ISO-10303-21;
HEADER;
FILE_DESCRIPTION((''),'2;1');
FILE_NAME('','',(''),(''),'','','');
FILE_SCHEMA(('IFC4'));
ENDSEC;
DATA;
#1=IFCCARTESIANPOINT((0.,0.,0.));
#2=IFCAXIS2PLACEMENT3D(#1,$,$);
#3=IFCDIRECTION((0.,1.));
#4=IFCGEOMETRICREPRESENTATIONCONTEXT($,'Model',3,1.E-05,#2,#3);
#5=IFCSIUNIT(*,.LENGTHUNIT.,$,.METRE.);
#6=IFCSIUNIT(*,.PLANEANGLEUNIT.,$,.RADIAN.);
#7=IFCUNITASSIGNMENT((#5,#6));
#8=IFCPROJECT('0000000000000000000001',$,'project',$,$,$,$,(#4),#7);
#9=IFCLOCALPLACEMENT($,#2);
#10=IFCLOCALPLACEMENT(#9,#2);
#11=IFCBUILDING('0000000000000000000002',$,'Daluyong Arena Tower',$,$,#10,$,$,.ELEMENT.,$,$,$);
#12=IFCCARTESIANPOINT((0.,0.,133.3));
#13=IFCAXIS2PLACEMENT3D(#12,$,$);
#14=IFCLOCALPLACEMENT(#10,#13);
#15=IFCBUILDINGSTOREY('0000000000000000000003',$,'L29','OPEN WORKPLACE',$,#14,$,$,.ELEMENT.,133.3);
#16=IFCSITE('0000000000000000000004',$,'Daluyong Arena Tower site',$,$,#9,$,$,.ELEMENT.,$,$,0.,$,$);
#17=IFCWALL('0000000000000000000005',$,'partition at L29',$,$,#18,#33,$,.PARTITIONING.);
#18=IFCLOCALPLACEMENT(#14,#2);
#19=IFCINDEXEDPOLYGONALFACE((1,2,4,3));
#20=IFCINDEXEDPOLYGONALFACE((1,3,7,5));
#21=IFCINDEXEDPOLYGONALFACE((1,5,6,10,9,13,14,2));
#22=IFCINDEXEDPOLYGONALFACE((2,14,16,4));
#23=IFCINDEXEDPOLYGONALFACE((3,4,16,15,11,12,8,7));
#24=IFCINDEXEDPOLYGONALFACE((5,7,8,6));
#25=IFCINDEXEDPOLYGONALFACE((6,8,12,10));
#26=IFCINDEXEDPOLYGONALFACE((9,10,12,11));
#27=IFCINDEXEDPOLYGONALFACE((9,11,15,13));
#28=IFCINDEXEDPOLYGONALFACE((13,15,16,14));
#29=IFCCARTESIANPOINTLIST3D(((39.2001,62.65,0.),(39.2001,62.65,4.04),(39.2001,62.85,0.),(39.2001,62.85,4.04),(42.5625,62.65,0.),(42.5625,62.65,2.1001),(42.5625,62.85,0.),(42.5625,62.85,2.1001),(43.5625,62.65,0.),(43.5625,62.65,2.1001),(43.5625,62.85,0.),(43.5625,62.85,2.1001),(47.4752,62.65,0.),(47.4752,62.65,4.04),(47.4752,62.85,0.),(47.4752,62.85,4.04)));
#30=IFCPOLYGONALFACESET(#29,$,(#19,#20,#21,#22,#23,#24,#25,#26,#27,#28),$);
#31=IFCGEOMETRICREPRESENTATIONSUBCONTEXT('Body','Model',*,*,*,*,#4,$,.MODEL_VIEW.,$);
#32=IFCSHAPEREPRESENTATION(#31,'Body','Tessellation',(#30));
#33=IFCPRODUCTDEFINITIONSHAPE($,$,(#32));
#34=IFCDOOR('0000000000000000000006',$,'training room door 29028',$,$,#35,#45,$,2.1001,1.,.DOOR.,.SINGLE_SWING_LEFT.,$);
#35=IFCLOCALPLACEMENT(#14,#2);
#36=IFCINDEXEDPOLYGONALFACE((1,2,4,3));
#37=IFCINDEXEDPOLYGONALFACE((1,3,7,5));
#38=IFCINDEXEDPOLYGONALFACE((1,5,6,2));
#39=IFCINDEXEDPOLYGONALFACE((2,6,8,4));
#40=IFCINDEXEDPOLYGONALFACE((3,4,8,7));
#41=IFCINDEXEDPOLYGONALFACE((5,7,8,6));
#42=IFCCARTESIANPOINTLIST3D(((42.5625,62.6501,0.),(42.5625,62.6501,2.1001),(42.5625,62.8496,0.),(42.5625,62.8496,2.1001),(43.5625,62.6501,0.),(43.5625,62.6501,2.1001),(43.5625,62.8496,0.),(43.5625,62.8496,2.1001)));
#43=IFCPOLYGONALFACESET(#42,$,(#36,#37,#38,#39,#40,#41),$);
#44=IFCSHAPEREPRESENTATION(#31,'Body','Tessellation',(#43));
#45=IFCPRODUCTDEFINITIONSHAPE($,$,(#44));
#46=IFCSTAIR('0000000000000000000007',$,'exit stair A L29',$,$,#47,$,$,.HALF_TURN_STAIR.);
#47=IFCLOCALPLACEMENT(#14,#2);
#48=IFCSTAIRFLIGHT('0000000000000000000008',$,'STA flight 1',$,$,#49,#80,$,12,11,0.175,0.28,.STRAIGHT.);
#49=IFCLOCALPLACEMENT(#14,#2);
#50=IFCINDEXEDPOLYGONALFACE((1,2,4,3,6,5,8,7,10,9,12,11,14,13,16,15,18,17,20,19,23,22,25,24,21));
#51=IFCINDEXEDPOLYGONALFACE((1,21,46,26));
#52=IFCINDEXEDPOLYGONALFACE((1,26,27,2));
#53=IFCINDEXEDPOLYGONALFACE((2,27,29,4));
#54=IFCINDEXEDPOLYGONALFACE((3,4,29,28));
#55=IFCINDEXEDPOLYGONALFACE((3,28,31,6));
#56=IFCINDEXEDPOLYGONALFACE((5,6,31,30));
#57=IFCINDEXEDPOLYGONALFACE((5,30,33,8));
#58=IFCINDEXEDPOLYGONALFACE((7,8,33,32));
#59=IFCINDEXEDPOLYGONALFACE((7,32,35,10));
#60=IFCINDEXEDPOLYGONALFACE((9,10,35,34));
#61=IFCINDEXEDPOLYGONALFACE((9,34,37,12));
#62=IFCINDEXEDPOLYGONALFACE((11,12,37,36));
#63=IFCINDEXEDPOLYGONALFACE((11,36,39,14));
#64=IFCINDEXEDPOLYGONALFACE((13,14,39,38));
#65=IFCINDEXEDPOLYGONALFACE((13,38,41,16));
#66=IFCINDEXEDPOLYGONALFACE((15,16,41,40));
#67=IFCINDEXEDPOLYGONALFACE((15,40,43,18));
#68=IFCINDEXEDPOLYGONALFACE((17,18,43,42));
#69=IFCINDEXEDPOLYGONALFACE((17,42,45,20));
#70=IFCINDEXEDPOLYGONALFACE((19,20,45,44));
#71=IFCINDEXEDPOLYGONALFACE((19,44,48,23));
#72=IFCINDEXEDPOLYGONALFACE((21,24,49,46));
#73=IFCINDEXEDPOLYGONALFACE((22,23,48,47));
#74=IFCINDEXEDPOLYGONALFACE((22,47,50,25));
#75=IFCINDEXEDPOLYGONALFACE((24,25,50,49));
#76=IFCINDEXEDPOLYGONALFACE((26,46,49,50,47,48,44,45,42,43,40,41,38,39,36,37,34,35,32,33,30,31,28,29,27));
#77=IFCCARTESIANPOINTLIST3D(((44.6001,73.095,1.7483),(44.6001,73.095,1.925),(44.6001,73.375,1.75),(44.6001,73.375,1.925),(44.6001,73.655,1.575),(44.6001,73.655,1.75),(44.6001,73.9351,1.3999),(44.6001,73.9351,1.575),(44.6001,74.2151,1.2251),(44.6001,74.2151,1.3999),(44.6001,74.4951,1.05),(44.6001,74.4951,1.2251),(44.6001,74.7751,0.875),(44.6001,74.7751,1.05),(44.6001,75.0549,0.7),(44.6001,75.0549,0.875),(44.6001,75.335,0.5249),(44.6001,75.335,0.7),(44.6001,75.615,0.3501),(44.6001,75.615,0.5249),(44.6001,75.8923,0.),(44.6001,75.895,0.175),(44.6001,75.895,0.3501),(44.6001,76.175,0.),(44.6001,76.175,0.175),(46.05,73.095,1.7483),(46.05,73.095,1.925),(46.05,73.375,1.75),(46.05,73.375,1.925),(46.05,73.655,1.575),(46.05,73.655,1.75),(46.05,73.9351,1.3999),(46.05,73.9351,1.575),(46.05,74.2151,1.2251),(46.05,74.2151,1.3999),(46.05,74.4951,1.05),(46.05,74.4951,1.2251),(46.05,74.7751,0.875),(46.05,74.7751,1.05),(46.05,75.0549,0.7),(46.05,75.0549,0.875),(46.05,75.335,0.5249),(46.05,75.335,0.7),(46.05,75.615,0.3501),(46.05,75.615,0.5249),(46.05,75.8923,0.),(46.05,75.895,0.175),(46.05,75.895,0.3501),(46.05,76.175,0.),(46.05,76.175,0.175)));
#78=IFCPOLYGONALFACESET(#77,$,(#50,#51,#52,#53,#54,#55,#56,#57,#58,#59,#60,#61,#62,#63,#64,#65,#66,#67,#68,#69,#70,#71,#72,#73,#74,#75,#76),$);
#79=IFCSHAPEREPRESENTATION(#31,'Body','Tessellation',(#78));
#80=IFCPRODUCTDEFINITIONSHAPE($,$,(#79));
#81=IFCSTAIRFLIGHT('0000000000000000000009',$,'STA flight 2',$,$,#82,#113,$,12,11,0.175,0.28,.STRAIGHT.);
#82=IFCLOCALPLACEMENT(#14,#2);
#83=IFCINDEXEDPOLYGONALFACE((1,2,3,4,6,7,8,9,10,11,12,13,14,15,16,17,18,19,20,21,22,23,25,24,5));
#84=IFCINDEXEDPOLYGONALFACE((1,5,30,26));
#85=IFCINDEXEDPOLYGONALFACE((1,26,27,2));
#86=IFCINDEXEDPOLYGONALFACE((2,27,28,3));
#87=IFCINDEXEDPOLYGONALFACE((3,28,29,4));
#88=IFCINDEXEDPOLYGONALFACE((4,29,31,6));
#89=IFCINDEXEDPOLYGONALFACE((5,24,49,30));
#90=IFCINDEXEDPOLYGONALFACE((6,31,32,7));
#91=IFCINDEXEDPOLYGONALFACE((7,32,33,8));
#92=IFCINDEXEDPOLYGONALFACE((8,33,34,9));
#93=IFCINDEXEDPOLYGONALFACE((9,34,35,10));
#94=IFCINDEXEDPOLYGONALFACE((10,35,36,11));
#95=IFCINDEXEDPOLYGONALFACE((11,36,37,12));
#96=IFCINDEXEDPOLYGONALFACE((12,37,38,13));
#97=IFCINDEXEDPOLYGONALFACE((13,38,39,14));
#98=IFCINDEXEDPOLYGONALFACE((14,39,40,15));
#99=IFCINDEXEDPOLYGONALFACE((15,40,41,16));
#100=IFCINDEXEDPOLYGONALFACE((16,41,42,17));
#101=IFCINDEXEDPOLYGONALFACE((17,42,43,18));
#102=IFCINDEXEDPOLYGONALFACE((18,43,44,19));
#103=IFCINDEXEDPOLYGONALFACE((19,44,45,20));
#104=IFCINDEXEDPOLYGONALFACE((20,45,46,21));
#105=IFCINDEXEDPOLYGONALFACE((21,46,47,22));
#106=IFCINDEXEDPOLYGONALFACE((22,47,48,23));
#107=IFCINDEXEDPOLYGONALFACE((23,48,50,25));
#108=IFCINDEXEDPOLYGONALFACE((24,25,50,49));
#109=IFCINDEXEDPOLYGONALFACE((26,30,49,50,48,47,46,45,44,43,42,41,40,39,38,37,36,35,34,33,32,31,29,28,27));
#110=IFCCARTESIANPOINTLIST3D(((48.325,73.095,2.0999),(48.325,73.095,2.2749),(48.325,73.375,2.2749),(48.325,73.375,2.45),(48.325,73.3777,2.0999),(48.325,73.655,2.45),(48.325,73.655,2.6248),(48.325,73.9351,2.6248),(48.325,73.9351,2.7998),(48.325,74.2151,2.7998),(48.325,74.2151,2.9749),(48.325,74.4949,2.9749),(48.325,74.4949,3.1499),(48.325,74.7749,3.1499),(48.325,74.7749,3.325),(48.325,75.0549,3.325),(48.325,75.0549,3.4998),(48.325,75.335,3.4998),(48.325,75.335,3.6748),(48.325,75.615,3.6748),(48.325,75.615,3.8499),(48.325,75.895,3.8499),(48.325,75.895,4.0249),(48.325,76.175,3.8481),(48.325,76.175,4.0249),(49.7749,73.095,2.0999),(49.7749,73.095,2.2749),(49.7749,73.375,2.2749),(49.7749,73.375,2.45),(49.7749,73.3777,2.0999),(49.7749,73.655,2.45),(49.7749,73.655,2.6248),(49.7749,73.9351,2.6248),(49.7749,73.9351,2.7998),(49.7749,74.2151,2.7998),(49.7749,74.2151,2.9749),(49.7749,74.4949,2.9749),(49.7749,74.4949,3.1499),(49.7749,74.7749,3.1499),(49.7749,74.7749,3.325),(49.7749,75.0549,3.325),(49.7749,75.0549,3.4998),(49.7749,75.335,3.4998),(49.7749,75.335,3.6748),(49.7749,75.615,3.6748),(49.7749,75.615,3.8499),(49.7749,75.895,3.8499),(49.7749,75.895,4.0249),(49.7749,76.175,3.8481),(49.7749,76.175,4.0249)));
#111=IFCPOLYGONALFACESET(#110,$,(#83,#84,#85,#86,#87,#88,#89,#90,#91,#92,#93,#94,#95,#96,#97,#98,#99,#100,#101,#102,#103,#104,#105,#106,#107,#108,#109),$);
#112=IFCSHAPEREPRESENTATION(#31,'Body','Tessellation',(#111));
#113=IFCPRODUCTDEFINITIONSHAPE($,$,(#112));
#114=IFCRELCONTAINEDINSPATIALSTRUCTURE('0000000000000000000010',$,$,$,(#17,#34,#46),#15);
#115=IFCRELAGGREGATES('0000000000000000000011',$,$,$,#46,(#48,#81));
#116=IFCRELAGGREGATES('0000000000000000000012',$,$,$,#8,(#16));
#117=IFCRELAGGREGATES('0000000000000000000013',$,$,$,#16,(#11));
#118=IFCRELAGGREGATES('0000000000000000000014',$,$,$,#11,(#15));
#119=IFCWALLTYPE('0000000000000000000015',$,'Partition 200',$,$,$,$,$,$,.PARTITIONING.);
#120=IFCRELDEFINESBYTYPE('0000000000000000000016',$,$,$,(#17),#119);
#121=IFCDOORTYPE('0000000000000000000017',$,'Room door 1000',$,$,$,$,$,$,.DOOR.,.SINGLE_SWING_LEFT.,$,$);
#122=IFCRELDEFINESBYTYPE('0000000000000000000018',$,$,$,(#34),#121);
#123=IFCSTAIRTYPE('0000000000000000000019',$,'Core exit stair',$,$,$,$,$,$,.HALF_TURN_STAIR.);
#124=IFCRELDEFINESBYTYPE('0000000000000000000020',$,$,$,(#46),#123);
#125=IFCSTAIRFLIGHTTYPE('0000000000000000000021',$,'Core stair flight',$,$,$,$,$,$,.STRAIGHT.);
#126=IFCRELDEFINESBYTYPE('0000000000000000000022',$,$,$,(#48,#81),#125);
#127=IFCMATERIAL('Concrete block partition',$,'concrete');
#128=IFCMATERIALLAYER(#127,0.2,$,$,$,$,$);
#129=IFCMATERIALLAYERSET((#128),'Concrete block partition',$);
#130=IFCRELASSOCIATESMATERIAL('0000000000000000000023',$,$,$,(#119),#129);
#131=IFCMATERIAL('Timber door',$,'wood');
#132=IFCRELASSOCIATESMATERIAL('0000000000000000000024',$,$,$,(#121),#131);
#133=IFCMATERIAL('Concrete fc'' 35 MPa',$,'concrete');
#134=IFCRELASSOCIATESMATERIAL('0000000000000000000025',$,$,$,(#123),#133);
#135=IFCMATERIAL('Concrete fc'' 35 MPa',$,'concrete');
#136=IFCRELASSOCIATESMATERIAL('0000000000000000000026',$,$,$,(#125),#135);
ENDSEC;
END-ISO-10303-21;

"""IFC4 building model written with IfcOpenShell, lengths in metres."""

from ifc_helpers import new_model, si_unit, direction, frame, frame_2d, origin, place, context, subcontext, project, spatial, polyline, rectangle, outline, extrude, material, layer, layer_set, type_object, element, fill, aggregate, save


model = new_model("IFC4")

# Units and contexts
model_context = context("Model", 3, precision=1e-05, world=origin(), true_north=direction((0.0, 1.0)))
body_context = subcontext(model_context, "Body", "Model", "MODEL_VIEW")
ifc_project = project(units=[si_unit("LENGTHUNIT", "METRE"), si_unit("PLANEANGLEUNIT", "RADIAN")], contexts=[model_context])

# Site, building, storey
site_placement = place(None, origin())
site = spatial("IfcSite", under=ifc_project, at=site_placement, Name="Daluyong Arena Tower site", CompositionType="ELEMENT", RefElevation=0.0)
building_placement = place(site_placement, origin())
building = spatial("IfcBuilding", under=site, at=building_placement, Name="Daluyong Arena Tower", CompositionType="ELEMENT")
storey_placement = place(building_placement, frame((0.0, 0.0, 133.3)))
storey = spatial("IfcBuildingStorey", under=building, at=storey_placement, Name="L29", Description="OPEN WORKPLACE", CompositionType="ELEMENT", Elevation=133.3)

# Wall, opening, door
ifc_material_1 = material(Name="Concrete block partition", Category="concrete")
ifc_layer_1 = layer(ifc_material_1, 0.2)
ifc_layer_set_1 = layer_set([ifc_layer_1], Name="Concrete block partition")
wall_type_1 = type_object("IfcWallType", Name="Partition 200", PredefinedType="PARTITIONING", material=ifc_layer_set_1)
wall_1_placement = place(storey_placement, frame((39.2, 62.75, 0.0), z_axis=(0.0, 0.0, 1.0), x_axis=(1.0, 0.0, 0.0)))
wall_1 = element("IfcWall", 1, at=wall_1_placement, inside=storey, type_object=wall_type_1, Name="partition at L29", PredefinedType="PARTITIONING", context=body_context, shape_type="SweptSolid", body=[
    extrude(rectangle(XDim=8.2751, YDim=0.2, at=frame_2d((4.1377, 0.0))), origin(), (0.0, 0.0, 1.0), 4.04),
])
opening_1_placement = place(wall_1_placement, frame((3.3625, 0.0, 0.0)))
opening_1 = element("IfcOpeningElement", 2, at=opening_1_placement, cuts=wall_1, PredefinedType="OPENING", context=body_context, shape_type="SweptSolid", body=[
    extrude(rectangle(XDim=1.0, YDim=2.1001, at=frame_2d((0.5, 1.05))), frame((0.0, 0.1099, 0.0), z_axis=(0.0, -1.0, 0.0), x_axis=(1.0, 0.0, 0.0)), (0.0, 0.0, 1.0), 0.22),
])
ifc_material_2 = material(Name="Timber door", Category="wood")
door_type_1 = type_object("IfcDoorType", Name="Room door 1000", OperationType="SINGLE_SWING_LEFT", PredefinedType="DOOR", material=ifc_material_2)
door_1_placement = place(opening_1_placement, origin())
door_1 = element("IfcDoor", 3, at=door_1_placement, inside=storey, type_object=door_type_1, Name="training room door 29028", OperationType="SINGLE_SWING_LEFT", OverallHeight=2.1001, OverallWidth=1.0, PredefinedType="DOOR", context=body_context, shape_type="SweptSolid", body=[
    extrude(rectangle(XDim=1.0, YDim=2.1001, at=frame_2d((0.5, 1.05))), frame((0.0, 0.0996, 0.0), z_axis=(0.0, -1.0, 0.0), x_axis=(1.0, 0.0, 0.0)), (0.0, 0.0, 1.0), 0.1995),
])
fill(opening_1, door_1)

# Stair, stair flights
ifc_material_3 = material(Name="Concrete fc' 35 MPa", Category="concrete")
stair_type = type_object("IfcStairType", Name="Core exit stair", PredefinedType="HALF_TURN_STAIR", material=ifc_material_3)
stair_placement = place(storey_placement, origin())
stair = element("IfcStair", 4, at=stair_placement, inside=storey, type_object=stair_type, Name="exit stair A L29", PredefinedType="HALF_TURN_STAIR")
ifc_material_4 = material(Name="Concrete fc' 35 MPa", Category="concrete")
stair_flight_type = type_object("IfcStairFlightType", Name="Core stair flight", PredefinedType="STRAIGHT", material=ifc_material_4)
stair_flight_1_placement = place(storey_placement, frame((45.325, 76.175, 0.0), z_axis=(0.0, 0.0, 1.0), x_axis=(0.0, -1.0, 0.0)))
stair_flight_1 = element("IfcStairFlight", 5, at=stair_flight_1_placement, type_object=stair_flight_type, Name="STA flight 1", NumberOfRisers=12, NumberOfTreads=11, PredefinedType="STRAIGHT", RiserHeight=0.175, TreadLength=0.28, context=body_context, shape_type="SweptSolid", body=[
    extrude(outline(polyline([(0.0, 0.0), (0.0, 0.175), (0.28, 0.175), (0.28, 0.3501), (0.5601, 0.3501), (0.5601, 0.5249), (0.8401, 0.5249), (0.8401, 0.7), (1.1201, 0.7), (1.1201, 0.875), (1.3999, 0.875), (1.3999, 1.05), (1.6799, 1.05), (1.6799, 1.2251), (1.96, 1.2251), (1.96, 1.3999), (2.24, 1.3999), (2.24, 1.575), (2.52, 1.575), (2.52, 1.75), (2.8, 1.75), (2.8, 1.925), (3.0801, 1.925), (3.0801, 2.1001), (3.0801, 1.7483), (0.2827, 0.0), (0.0, 0.0)])), frame((0.0, 0.7251, 0.0), z_axis=(0.0, -1.0, 0.0), x_axis=(1.0, 0.0, 0.0)), (0.0, 0.0, 1.0), 1.45),
])
stair_flight_2_placement = place(storey_placement, frame((49.05, 73.095, 2.0999), z_axis=(0.0, 0.0, 1.0), x_axis=(0.0, 1.0, 0.0)))
stair_flight_2 = element("IfcStairFlight", 6, at=stair_flight_2_placement, type_object=stair_flight_type, Name="STA flight 2", NumberOfRisers=12, NumberOfTreads=11, PredefinedType="STRAIGHT", RiserHeight=0.175, TreadLength=0.28, context=body_context, shape_type="SweptSolid", body=[
    extrude(outline(polyline([(0.0, 0.0), (0.0, 0.175), (0.28, 0.175), (0.28, 0.3501), (0.5601, 0.3501), (0.5601, 0.5249), (0.8401, 0.5249), (0.8401, 0.7), (1.1201, 0.7), (1.1201, 0.875), (1.3999, 0.875), (1.3999, 1.05), (1.6799, 1.05), (1.6799, 1.2251), (1.96, 1.2251), (1.96, 1.3999), (2.24, 1.3999), (2.24, 1.575), (2.52, 1.575), (2.52, 1.75), (2.8, 1.75), (2.8, 1.925), (3.0801, 1.925), (3.0801, 2.1001), (3.0801, 1.7483), (0.2827, 0.0), (0.0, 0.0)])), frame((0.0, 0.7251, 0.0), z_axis=(0.0, -1.0, 0.0), x_axis=(1.0, 0.0, 0.0)), (0.0, 0.0, 1.0), 1.45),
])
aggregate(stair, [stair_flight_1, stair_flight_2])

save(model, "model.ifc")
